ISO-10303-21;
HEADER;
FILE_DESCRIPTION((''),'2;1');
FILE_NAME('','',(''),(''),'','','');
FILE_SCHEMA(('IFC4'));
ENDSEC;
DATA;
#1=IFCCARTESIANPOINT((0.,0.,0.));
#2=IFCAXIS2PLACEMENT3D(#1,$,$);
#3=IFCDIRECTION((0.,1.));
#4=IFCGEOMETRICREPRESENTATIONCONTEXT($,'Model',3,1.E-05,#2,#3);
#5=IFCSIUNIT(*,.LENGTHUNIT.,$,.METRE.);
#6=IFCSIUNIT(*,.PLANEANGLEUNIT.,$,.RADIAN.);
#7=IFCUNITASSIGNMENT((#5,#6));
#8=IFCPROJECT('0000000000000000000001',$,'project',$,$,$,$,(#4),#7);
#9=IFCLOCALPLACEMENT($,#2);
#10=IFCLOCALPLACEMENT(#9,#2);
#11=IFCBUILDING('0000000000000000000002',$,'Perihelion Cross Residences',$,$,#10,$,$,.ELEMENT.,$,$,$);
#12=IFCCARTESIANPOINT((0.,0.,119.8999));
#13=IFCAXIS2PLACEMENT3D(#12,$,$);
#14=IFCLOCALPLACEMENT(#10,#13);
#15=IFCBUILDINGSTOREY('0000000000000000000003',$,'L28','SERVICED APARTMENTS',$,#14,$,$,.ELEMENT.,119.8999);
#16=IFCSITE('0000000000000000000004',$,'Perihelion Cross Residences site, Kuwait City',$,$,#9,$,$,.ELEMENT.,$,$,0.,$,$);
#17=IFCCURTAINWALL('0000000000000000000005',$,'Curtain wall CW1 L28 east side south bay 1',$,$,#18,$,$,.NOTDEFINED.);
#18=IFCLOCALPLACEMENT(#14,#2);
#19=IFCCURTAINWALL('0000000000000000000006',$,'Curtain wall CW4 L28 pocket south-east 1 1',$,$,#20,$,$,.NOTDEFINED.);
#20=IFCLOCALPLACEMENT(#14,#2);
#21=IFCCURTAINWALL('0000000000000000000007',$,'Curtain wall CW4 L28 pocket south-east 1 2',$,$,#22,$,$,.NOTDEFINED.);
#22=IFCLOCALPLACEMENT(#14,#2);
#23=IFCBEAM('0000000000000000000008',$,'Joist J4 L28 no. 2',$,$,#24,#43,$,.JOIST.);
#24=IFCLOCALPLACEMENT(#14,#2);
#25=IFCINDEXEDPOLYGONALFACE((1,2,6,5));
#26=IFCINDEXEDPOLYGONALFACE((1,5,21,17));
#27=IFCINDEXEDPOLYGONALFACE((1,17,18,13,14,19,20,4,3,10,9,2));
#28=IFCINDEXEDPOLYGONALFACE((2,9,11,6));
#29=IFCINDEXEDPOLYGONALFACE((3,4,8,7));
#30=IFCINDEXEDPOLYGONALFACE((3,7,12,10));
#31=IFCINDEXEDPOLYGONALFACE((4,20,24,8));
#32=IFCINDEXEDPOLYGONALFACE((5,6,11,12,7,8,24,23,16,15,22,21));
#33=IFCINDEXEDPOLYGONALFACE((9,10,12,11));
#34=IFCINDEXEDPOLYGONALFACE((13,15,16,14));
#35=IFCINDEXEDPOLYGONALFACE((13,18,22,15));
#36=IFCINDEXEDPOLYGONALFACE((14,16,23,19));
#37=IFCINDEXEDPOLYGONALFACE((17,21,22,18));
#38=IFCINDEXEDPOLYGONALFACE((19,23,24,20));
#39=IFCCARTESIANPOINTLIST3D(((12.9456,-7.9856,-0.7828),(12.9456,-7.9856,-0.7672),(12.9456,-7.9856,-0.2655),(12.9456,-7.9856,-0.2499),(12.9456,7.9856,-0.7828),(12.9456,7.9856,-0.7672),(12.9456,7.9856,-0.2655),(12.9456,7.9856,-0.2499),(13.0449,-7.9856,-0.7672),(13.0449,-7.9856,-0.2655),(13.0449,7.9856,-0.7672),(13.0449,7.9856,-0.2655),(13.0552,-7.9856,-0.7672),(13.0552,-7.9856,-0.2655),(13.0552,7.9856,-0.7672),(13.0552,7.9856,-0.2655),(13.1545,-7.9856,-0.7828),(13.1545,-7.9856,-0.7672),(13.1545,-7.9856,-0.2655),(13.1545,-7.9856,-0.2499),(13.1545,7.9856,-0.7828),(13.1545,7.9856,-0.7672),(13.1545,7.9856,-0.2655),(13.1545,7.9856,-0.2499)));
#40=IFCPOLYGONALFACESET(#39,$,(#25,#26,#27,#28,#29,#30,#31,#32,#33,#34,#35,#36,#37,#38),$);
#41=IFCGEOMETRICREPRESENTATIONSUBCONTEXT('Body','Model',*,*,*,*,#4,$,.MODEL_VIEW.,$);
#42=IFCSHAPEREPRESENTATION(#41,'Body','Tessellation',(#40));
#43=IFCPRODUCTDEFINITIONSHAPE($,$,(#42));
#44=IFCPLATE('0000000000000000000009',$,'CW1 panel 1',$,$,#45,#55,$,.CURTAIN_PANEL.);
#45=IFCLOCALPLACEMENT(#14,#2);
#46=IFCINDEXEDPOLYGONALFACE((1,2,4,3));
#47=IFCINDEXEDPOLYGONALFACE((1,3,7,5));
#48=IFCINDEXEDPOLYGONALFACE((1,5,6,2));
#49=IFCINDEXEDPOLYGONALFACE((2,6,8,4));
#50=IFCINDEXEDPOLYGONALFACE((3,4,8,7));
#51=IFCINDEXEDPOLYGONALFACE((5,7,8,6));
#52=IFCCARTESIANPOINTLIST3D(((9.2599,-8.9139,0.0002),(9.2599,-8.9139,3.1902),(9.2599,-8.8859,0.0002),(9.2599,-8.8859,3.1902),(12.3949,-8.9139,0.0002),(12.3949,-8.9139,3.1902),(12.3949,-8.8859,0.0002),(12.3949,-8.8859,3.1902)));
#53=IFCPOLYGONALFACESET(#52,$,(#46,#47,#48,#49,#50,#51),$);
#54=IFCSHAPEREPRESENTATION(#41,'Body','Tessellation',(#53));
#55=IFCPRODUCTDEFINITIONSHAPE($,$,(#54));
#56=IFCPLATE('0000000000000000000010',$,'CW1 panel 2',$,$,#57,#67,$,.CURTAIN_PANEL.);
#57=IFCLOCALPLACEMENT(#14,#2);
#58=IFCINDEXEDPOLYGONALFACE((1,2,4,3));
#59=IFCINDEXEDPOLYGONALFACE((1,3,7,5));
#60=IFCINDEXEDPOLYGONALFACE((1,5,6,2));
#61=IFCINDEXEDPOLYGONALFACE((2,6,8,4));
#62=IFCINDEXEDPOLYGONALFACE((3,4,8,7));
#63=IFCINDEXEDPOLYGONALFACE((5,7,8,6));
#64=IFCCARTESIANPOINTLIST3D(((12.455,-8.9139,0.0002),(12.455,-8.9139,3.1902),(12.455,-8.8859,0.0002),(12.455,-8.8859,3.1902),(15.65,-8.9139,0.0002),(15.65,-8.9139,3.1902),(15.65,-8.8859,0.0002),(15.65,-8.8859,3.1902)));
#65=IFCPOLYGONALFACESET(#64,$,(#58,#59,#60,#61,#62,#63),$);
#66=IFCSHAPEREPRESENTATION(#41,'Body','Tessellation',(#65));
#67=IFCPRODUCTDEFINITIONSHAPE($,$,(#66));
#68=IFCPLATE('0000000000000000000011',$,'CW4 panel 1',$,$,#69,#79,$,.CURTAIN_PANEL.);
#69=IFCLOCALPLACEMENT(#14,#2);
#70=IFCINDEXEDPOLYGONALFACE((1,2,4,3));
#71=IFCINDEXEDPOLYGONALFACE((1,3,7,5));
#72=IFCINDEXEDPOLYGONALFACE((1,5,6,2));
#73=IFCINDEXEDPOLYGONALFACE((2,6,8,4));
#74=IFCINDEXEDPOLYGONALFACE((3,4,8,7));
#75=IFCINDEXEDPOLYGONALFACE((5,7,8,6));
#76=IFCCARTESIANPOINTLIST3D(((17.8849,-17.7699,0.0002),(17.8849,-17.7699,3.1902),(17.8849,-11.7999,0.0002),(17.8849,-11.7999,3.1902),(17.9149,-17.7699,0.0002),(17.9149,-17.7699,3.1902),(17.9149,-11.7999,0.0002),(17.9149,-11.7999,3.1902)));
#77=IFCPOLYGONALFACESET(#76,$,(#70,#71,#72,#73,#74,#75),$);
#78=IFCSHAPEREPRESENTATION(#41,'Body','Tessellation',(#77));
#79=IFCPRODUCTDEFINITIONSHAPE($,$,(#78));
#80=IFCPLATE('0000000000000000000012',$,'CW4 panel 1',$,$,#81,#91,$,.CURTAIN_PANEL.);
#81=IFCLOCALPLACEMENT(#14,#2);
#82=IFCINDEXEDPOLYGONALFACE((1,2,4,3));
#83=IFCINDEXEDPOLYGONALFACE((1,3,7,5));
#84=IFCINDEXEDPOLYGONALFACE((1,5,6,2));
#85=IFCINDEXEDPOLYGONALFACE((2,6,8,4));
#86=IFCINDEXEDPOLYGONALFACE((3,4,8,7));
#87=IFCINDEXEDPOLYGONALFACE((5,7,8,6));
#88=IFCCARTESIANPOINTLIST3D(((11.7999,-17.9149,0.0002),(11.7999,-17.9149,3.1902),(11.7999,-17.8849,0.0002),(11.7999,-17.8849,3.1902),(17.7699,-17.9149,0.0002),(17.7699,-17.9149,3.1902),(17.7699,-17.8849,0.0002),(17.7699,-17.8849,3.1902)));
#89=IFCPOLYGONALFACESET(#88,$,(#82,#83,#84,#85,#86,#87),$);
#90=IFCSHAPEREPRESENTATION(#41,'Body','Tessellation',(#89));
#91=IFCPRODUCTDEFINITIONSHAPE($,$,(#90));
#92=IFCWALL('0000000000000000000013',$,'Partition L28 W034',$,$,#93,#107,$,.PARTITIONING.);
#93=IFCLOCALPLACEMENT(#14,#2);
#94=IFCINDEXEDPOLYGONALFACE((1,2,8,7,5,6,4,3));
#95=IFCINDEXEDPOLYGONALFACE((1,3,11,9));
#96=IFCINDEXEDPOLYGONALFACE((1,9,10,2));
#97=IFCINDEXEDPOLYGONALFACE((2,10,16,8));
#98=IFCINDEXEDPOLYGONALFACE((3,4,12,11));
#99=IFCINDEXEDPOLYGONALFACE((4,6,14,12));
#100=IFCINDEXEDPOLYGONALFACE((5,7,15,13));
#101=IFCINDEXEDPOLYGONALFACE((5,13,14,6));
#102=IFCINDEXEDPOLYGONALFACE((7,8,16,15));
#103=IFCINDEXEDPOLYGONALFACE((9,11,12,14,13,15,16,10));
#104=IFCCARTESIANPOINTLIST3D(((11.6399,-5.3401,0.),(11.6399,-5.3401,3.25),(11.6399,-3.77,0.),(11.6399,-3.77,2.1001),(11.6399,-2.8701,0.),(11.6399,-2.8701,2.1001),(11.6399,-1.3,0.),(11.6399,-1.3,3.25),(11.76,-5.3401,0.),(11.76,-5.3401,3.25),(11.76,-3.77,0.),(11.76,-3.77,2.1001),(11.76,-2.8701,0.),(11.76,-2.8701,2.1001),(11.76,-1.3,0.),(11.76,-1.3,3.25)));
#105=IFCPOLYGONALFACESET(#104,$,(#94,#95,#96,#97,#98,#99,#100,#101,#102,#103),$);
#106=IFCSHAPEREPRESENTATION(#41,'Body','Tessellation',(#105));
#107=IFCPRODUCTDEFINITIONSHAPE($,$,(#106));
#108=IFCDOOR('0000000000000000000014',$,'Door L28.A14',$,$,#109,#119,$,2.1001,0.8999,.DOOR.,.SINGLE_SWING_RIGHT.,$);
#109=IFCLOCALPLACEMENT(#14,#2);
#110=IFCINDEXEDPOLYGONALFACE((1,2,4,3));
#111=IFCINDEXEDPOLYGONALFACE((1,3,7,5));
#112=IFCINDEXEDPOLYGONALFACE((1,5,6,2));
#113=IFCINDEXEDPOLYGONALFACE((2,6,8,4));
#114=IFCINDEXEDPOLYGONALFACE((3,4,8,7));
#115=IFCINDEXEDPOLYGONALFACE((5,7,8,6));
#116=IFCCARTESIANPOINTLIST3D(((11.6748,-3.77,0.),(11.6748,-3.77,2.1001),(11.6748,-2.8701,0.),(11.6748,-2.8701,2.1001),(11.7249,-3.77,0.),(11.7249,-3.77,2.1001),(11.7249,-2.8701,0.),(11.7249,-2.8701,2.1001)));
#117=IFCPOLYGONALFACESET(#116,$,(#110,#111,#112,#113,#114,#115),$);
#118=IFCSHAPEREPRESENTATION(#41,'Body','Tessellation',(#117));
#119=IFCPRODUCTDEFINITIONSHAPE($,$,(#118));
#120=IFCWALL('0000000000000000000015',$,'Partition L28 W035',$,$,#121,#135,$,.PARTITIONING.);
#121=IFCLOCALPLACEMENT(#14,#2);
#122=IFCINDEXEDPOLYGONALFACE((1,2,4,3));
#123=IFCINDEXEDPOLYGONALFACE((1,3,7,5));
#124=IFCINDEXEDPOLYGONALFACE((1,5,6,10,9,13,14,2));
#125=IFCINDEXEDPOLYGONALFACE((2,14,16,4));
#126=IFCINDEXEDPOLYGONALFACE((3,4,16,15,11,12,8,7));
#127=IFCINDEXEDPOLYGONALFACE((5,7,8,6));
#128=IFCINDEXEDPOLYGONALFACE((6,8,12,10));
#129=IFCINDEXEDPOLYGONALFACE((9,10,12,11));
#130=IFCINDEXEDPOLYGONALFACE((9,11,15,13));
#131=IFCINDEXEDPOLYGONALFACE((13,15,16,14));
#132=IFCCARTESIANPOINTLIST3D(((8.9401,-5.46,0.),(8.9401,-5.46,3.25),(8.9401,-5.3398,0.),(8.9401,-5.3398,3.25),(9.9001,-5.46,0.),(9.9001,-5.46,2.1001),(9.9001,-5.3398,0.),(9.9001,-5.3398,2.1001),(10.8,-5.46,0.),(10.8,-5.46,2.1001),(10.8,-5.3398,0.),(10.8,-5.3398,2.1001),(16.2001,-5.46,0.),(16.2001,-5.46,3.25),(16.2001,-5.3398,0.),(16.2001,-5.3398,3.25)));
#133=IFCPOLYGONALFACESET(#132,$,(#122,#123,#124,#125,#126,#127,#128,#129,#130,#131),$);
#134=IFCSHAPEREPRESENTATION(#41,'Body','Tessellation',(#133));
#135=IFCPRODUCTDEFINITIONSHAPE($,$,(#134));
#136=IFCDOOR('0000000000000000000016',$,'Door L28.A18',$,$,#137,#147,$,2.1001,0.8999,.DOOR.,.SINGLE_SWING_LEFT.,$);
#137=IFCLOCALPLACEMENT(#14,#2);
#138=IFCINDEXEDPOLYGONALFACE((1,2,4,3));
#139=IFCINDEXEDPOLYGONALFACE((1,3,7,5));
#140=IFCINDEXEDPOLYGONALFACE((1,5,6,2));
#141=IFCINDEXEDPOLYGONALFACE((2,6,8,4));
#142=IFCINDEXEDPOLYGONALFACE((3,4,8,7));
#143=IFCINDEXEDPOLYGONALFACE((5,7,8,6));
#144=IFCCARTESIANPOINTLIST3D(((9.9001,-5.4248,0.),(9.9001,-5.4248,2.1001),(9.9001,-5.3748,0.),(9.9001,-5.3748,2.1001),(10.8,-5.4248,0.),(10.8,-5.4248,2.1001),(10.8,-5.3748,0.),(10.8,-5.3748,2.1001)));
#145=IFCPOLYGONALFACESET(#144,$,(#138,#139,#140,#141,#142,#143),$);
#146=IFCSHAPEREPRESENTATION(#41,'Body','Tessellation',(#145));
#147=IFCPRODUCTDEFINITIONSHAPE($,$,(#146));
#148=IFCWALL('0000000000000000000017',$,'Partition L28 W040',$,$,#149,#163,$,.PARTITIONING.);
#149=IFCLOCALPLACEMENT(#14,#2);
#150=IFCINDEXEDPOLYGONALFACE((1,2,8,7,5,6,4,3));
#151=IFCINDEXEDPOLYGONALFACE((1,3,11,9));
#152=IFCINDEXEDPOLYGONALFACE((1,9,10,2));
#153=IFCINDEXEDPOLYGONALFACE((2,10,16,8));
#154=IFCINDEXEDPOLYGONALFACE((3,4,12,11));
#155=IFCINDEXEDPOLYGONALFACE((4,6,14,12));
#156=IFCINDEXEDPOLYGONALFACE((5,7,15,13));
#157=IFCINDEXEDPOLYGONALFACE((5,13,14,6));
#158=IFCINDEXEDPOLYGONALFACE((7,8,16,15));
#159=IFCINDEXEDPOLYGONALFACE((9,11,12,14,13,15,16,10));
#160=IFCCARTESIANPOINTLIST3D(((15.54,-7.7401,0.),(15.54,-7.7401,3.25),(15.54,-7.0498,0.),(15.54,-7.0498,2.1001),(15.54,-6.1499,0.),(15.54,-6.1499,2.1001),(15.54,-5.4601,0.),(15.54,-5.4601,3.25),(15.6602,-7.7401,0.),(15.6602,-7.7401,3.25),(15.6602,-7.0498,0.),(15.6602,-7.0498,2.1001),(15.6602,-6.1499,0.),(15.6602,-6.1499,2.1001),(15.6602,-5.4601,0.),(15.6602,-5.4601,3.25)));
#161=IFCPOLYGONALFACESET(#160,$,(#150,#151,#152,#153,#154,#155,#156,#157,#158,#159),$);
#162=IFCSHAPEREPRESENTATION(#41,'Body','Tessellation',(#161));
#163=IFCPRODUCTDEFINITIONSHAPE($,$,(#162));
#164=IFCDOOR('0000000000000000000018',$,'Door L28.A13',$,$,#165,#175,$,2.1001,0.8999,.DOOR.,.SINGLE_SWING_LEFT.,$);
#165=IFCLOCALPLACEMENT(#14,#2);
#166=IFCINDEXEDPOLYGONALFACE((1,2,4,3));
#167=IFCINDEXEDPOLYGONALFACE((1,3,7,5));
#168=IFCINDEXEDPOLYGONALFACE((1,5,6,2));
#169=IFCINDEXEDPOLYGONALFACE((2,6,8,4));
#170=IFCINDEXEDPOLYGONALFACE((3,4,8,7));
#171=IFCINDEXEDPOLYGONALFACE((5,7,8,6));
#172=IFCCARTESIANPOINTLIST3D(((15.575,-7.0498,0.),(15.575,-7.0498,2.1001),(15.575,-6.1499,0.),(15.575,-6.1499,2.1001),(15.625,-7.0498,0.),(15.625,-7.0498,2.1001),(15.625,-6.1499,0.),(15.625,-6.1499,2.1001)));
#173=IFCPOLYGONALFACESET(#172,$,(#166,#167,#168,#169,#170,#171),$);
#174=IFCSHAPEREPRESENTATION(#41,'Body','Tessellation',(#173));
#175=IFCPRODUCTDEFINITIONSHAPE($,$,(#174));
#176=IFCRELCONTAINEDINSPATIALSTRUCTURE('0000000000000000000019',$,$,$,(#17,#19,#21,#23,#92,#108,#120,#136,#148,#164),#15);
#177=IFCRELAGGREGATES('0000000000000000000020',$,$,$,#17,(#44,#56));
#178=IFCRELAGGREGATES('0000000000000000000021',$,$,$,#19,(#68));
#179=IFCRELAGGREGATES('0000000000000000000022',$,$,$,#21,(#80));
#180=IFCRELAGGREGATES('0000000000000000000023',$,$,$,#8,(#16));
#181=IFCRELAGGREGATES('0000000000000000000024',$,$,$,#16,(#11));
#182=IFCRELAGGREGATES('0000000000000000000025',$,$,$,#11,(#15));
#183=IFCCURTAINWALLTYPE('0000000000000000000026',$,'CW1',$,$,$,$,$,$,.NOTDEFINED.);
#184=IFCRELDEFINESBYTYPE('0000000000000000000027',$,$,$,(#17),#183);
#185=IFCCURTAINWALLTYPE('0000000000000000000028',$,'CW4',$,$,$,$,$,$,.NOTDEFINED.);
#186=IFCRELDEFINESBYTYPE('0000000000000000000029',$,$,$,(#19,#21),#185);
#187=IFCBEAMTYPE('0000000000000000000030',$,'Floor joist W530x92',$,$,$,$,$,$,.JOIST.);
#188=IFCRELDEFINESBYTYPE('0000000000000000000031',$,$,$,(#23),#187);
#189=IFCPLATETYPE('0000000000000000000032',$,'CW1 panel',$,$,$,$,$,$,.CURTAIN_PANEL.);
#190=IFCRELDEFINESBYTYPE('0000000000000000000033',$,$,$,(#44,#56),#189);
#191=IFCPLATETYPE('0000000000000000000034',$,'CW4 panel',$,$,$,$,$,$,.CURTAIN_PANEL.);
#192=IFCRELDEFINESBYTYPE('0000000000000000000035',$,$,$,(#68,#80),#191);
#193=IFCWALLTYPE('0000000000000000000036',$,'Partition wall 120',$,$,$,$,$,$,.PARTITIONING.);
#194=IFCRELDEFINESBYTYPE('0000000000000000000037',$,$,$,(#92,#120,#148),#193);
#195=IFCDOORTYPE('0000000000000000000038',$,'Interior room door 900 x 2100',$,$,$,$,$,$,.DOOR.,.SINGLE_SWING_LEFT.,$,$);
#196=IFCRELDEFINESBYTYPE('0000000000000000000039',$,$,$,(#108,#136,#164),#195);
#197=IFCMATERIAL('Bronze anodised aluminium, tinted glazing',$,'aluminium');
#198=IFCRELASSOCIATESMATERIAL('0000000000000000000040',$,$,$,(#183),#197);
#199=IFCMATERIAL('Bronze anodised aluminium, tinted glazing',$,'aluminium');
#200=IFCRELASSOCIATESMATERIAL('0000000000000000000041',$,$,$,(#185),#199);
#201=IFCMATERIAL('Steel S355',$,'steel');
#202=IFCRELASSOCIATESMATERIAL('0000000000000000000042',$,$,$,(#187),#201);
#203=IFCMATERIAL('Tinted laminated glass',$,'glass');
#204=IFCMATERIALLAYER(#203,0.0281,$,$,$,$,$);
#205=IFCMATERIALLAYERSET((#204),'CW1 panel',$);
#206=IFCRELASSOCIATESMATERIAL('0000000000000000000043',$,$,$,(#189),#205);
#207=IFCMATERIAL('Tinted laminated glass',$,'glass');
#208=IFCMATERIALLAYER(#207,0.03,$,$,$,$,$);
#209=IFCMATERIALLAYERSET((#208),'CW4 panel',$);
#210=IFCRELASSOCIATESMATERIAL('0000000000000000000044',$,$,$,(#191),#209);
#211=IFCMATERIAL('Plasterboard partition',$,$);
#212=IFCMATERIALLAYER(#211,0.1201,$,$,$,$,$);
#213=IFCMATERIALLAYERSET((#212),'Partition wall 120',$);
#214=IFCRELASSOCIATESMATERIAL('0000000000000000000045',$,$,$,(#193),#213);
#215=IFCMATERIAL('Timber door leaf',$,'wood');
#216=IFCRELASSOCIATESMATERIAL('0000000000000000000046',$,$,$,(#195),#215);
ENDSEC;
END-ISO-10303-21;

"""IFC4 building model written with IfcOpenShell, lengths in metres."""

from ifc_helpers import new_model, si_unit, direction, frame, frame_2d, origin, origin_2d, place, context, subcontext, project, spatial, rectangle, i_section, extrude, material, layer, layer_set, material_profile, profile_set, type_object, element, fill, aggregate, save


model = new_model("IFC4")

# Units and contexts
model_context = context("Model", 3, precision=1e-05, world=origin(), true_north=direction((0.0, 1.0)))
body_context = subcontext(model_context, "Body", "Model", "MODEL_VIEW")
ifc_project = project(units=[si_unit("LENGTHUNIT", "METRE"), si_unit("PLANEANGLEUNIT", "RADIAN")], contexts=[model_context])

# Site, building, storey
site_placement = place(None, origin())
site = spatial("IfcSite", under=ifc_project, at=site_placement, Name="Perihelion Cross Residences site, Kuwait City", CompositionType="ELEMENT", RefElevation=0.0)
building_placement = place(site_placement, origin())
building = spatial("IfcBuilding", under=site, at=building_placement, Name="Perihelion Cross Residences", CompositionType="ELEMENT")
storey_placement = place(building_placement, frame((0.0, 0.0, 119.8999)))
storey = spatial("IfcBuildingStorey", under=building, at=storey_placement, Name="L28", Description="SERVICED APARTMENTS", CompositionType="ELEMENT", Elevation=119.8999)

# Curtain wall
ifc_material_1 = material(Name="Bronze anodised aluminium, tinted glazing", Category="aluminium")
curtain_wall_type_1 = type_object("IfcCurtainWallType", Name="CW1", PredefinedType="NOTDEFINED", material=ifc_material_1)
curtain_wall_1_placement = place(storey_placement, origin())
curtain_wall_1 = element("IfcCurtainWall", 1, at=curtain_wall_1_placement, inside=storey, type_object=curtain_wall_type_1, Name="Curtain wall CW1 L28 east side south bay 1", PredefinedType="NOTDEFINED")

# Curtain walls
ifc_material_2 = material(Name="Bronze anodised aluminium, tinted glazing", Category="aluminium")
curtain_wall_type_2 = type_object("IfcCurtainWallType", Name="CW4", PredefinedType="NOTDEFINED", material=ifc_material_2)
curtain_wall_2_placement = place(storey_placement, origin())
curtain_wall_2 = element("IfcCurtainWall", 2, at=curtain_wall_2_placement, inside=storey, type_object=curtain_wall_type_2, Name="Curtain wall CW4 L28 pocket south-east 1 1", PredefinedType="NOTDEFINED")
curtain_wall_3_placement = place(storey_placement, origin())
curtain_wall_3 = element("IfcCurtainWall", 3, at=curtain_wall_3_placement, inside=storey, type_object=curtain_wall_type_2, Name="Curtain wall CW4 L28 pocket south-east 1 2", PredefinedType="NOTDEFINED")

# Beam
ifc_material_3 = material(Name="Steel S355", Category="steel")
ifc_material_profile_1 = material_profile(ifc_material_3, i_section(OverallWidth=0.209, OverallDepth=0.533, WebThickness=0.0103, FlangeThickness=0.0156, at=origin_2d()), Name="W530x92")
ifc_profile_set_1 = profile_set([ifc_material_profile_1], Name="Steel S355")
beam_type_1 = type_object("IfcBeamType", Name="Floor joist W530x92", PredefinedType="JOIST", material=ifc_profile_set_1)
beam_1_placement = place(storey_placement, frame((13.05, -7.9856, -0.5164), z_axis=(0.0, 1.0, 0.0), x_axis=(-1.0, 0.0, 0.0)))
element("IfcBeam", 4, at=beam_1_placement, inside=storey, type_object=beam_type_1, Name="Joist J4 L28 no. 2", PredefinedType="JOIST", context=body_context, shape_type="SweptSolid", body=[
    extrude(i_section(OverallWidth=0.209, OverallDepth=0.533, WebThickness=0.0103, FlangeThickness=0.0156, at=origin_2d()), origin(), (0.0, 0.0, 1.0), 15.9712),
])

# Plates
ifc_material_4 = material(Name="Tinted laminated glass", Category="glass")
ifc_layer_1 = layer(ifc_material_4, 0.0281)
ifc_layer_set_1 = layer_set([ifc_layer_1], Name="CW1 panel")
plate_type_1 = type_object("IfcPlateType", Name="CW1 panel", PredefinedType="CURTAIN_PANEL", material=ifc_layer_set_1)
plate_1_placement = place(storey_placement, frame((10.8274, -8.8999, 0.0002), z_axis=(0.0, 0.0, 1.0), x_axis=(1.0, 0.0, 0.0)))
plate_1 = element("IfcPlate", 5, at=plate_1_placement, type_object=plate_type_1, Name="CW1 panel 1", PredefinedType="CURTAIN_PANEL", context=body_context, shape_type="SweptSolid", body=[
    extrude(rectangle(XDim=3.135, YDim=0.0281, at=origin_2d()), origin(), (0.0, 0.0, 1.0), 3.1899),
])
plate_2_placement = place(storey_placement, frame((14.0525, -8.8999, 0.0002), z_axis=(0.0, 0.0, 1.0), x_axis=(1.0, 0.0, 0.0)))
plate_2 = element("IfcPlate", 6, at=plate_2_placement, type_object=plate_type_1, Name="CW1 panel 2", PredefinedType="CURTAIN_PANEL", context=body_context, shape_type="SweptSolid", body=[
    extrude(rectangle(XDim=3.1951, YDim=0.0281, at=origin_2d()), origin(), (0.0, 0.0, 1.0), 3.1899),
])
aggregate(curtain_wall_1, [plate_1, plate_2])
ifc_material_5 = material(Name="Tinted laminated glass", Category="glass")
ifc_layer_2 = layer(ifc_material_5, 0.03)
ifc_layer_set_2 = layer_set([ifc_layer_2], Name="CW4 panel")
plate_type_2 = type_object("IfcPlateType", Name="CW4 panel", PredefinedType="CURTAIN_PANEL", material=ifc_layer_set_2)
plate_3_placement = place(storey_placement, frame((17.8999, -14.7849, 0.0002), z_axis=(0.0, 0.0, 1.0), x_axis=(0.0, -1.0, 0.0)))
plate_3 = element("IfcPlate", 7, at=plate_3_placement, type_object=plate_type_2, Name="CW4 panel 1", PredefinedType="CURTAIN_PANEL", context=body_context, shape_type="SweptSolid", body=[
    extrude(rectangle(XDim=5.97, YDim=0.03, at=origin_2d()), origin(), (0.0, 0.0, 1.0), 3.1899),
])
aggregate(curtain_wall_2, [plate_3])
plate_4_placement = place(storey_placement, frame((14.7849, -17.8999, 0.0002), z_axis=(0.0, 0.0, 1.0), x_axis=(-1.0, 0.0, 0.0)))
plate_4 = element("IfcPlate", 8, at=plate_4_placement, type_object=plate_type_2, Name="CW4 panel 1", PredefinedType="CURTAIN_PANEL", context=body_context, shape_type="SweptSolid", body=[
    extrude(rectangle(XDim=5.97, YDim=0.03, at=origin_2d()), origin(), (0.0, 0.0, 1.0), 3.1899),
])
aggregate(curtain_wall_3, [plate_4])

# Walls, openings, doors
ifc_material_6 = material(Name="Plasterboard partition")
ifc_layer_3 = layer(ifc_material_6, 0.1201)
ifc_layer_set_3 = layer_set([ifc_layer_3], Name="Partition wall 120")
wall_type_1 = type_object("IfcWallType", Name="Partition wall 120", PredefinedType="PARTITIONING", material=ifc_layer_set_3)
wall_1_placement = place(storey_placement, frame((11.7, -1.3, 0.0), z_axis=(0.0, 0.0, 1.0), x_axis=(0.0, -1.0, 0.0)))
wall_1 = element("IfcWall", 9, at=wall_1_placement, inside=storey, type_object=wall_type_1, Name="Partition L28 W034", PredefinedType="PARTITIONING", context=body_context, shape_type="SweptSolid", body=[
    extrude(rectangle(XDim=4.04, YDim=0.1201, at=frame_2d((2.02, 0.0))), origin(), (0.0, 0.0, 1.0), 3.25),
])
opening_1_placement = place(wall_1_placement, frame((1.5701, 0.0, 0.0)))
opening_1 = element("IfcOpeningElement", 10, at=opening_1_placement, cuts=wall_1, PredefinedType="OPENING", context=body_context, shape_type="SweptSolid", body=[
    extrude(rectangle(XDim=0.8999, YDim=2.1001, at=frame_2d((0.45, 1.05))), frame((0.0, 0.0701, 0.0), z_axis=(0.0, -1.0, 0.0), x_axis=(1.0, 0.0, 0.0)), (0.0, 0.0, 1.0), 0.1401),
])
ifc_material_7 = material(Name="Timber door leaf", Category="wood")
door_type_1 = type_object("IfcDoorType", Name="Interior room door 900 x 2100", OperationType="SINGLE_SWING_LEFT", PredefinedType="DOOR", material=ifc_material_7)
door_1_placement = place(opening_1_placement, origin())
door_1 = element("IfcDoor", 11, at=door_1_placement, inside=storey, type_object=door_type_1, Name="Door L28.A14", OperationType="SINGLE_SWING_RIGHT", OverallHeight=2.1001, OverallWidth=0.8999, PredefinedType="DOOR", context=body_context, shape_type="SweptSolid", body=[
    extrude(rectangle(XDim=0.8999, YDim=2.1001, at=frame_2d((0.45, 1.05))), frame((0.0, 0.0249, 0.0), z_axis=(0.0, -1.0, 0.0), x_axis=(1.0, 0.0, 0.0)), (0.0, 0.0, 1.0), 0.05),
])
fill(opening_1, door_1)
wall_2_placement = place(storey_placement, frame((16.2, -5.3999, 0.0), z_axis=(0.0, 0.0, 1.0), x_axis=(-1.0, 0.0, 0.0)))
wall_2 = element("IfcWall", 12, at=wall_2_placement, inside=storey, type_object=wall_type_1, Name="Partition L28 W035", PredefinedType="PARTITIONING", context=body_context, shape_type="SweptSolid", body=[
    extrude(rectangle(XDim=7.26, YDim=0.1201, at=frame_2d((3.6299, 0.0))), origin(), (0.0, 0.0, 1.0), 3.25),
])
opening_2_placement = place(wall_2_placement, frame((5.3999, 0.0, 0.0)))
opening_2 = element("IfcOpeningElement", 13, at=opening_2_placement, cuts=wall_2, PredefinedType="OPENING", context=body_context, shape_type="SweptSolid", body=[
    extrude(rectangle(XDim=0.8999, YDim=2.1001, at=frame_2d((0.45, 1.05))), frame((0.0, 0.0701, 0.0), z_axis=(0.0, -1.0, 0.0), x_axis=(1.0, 0.0, 0.0)), (0.0, 0.0, 1.0), 0.1401),
])
door_2_placement = place(opening_2_placement, origin())
door_2 = element("IfcDoor", 14, at=door_2_placement, inside=storey, type_object=door_type_1, Name="Door L28.A18", OperationType="SINGLE_SWING_LEFT", OverallHeight=2.1001, OverallWidth=0.8999, PredefinedType="DOOR", context=body_context, shape_type="SweptSolid", body=[
    extrude(rectangle(XDim=0.8999, YDim=2.1001, at=frame_2d((0.45, 1.05))), frame((0.0, 0.0249, 0.0), z_axis=(0.0, -1.0, 0.0), x_axis=(1.0, 0.0, 0.0)), (0.0, 0.0, 1.0), 0.05),
])
fill(opening_2, door_2)
wall_3_placement = place(storey_placement, frame((15.6001, -5.46, 0.0), z_axis=(0.0, 0.0, 1.0), x_axis=(0.0, -1.0, 0.0)))
wall_3 = element("IfcWall", 15, at=wall_3_placement, inside=storey, type_object=wall_type_1, Name="Partition L28 W040", PredefinedType="PARTITIONING", context=body_context, shape_type="SweptSolid", body=[
    extrude(rectangle(XDim=2.28, YDim=0.1201, at=frame_2d((1.1401, 0.0))), origin(), (0.0, 0.0, 1.0), 3.25),
])
opening_3_placement = place(wall_3_placement, frame((0.6899, 0.0, 0.0)))
opening_3 = element("IfcOpeningElement", 16, at=opening_3_placement, cuts=wall_3, PredefinedType="OPENING", context=body_context, shape_type="SweptSolid", body=[
    extrude(rectangle(XDim=0.8999, YDim=2.1001, at=frame_2d((0.45, 1.05))), frame((0.0, 0.0701, 0.0), z_axis=(0.0, -1.0, 0.0), x_axis=(1.0, 0.0, 0.0)), (0.0, 0.0, 1.0), 0.1401),
])
door_3_placement = place(opening_3_placement, origin())
door_3 = element("IfcDoor", 17, at=door_3_placement, inside=storey, type_object=door_type_1, Name="Door L28.A13", OperationType="SINGLE_SWING_LEFT", OverallHeight=2.1001, OverallWidth=0.8999, PredefinedType="DOOR", context=body_context, shape_type="SweptSolid", body=[
    extrude(rectangle(XDim=0.8999, YDim=2.1001, at=frame_2d((0.45, 1.05))), frame((0.0, 0.0249, 0.0), z_axis=(0.0, -1.0, 0.0), x_axis=(1.0, 0.0, 0.0)), (0.0, 0.0, 1.0), 0.05),
])
fill(opening_3, door_3)

save(model, "model.ifc")
